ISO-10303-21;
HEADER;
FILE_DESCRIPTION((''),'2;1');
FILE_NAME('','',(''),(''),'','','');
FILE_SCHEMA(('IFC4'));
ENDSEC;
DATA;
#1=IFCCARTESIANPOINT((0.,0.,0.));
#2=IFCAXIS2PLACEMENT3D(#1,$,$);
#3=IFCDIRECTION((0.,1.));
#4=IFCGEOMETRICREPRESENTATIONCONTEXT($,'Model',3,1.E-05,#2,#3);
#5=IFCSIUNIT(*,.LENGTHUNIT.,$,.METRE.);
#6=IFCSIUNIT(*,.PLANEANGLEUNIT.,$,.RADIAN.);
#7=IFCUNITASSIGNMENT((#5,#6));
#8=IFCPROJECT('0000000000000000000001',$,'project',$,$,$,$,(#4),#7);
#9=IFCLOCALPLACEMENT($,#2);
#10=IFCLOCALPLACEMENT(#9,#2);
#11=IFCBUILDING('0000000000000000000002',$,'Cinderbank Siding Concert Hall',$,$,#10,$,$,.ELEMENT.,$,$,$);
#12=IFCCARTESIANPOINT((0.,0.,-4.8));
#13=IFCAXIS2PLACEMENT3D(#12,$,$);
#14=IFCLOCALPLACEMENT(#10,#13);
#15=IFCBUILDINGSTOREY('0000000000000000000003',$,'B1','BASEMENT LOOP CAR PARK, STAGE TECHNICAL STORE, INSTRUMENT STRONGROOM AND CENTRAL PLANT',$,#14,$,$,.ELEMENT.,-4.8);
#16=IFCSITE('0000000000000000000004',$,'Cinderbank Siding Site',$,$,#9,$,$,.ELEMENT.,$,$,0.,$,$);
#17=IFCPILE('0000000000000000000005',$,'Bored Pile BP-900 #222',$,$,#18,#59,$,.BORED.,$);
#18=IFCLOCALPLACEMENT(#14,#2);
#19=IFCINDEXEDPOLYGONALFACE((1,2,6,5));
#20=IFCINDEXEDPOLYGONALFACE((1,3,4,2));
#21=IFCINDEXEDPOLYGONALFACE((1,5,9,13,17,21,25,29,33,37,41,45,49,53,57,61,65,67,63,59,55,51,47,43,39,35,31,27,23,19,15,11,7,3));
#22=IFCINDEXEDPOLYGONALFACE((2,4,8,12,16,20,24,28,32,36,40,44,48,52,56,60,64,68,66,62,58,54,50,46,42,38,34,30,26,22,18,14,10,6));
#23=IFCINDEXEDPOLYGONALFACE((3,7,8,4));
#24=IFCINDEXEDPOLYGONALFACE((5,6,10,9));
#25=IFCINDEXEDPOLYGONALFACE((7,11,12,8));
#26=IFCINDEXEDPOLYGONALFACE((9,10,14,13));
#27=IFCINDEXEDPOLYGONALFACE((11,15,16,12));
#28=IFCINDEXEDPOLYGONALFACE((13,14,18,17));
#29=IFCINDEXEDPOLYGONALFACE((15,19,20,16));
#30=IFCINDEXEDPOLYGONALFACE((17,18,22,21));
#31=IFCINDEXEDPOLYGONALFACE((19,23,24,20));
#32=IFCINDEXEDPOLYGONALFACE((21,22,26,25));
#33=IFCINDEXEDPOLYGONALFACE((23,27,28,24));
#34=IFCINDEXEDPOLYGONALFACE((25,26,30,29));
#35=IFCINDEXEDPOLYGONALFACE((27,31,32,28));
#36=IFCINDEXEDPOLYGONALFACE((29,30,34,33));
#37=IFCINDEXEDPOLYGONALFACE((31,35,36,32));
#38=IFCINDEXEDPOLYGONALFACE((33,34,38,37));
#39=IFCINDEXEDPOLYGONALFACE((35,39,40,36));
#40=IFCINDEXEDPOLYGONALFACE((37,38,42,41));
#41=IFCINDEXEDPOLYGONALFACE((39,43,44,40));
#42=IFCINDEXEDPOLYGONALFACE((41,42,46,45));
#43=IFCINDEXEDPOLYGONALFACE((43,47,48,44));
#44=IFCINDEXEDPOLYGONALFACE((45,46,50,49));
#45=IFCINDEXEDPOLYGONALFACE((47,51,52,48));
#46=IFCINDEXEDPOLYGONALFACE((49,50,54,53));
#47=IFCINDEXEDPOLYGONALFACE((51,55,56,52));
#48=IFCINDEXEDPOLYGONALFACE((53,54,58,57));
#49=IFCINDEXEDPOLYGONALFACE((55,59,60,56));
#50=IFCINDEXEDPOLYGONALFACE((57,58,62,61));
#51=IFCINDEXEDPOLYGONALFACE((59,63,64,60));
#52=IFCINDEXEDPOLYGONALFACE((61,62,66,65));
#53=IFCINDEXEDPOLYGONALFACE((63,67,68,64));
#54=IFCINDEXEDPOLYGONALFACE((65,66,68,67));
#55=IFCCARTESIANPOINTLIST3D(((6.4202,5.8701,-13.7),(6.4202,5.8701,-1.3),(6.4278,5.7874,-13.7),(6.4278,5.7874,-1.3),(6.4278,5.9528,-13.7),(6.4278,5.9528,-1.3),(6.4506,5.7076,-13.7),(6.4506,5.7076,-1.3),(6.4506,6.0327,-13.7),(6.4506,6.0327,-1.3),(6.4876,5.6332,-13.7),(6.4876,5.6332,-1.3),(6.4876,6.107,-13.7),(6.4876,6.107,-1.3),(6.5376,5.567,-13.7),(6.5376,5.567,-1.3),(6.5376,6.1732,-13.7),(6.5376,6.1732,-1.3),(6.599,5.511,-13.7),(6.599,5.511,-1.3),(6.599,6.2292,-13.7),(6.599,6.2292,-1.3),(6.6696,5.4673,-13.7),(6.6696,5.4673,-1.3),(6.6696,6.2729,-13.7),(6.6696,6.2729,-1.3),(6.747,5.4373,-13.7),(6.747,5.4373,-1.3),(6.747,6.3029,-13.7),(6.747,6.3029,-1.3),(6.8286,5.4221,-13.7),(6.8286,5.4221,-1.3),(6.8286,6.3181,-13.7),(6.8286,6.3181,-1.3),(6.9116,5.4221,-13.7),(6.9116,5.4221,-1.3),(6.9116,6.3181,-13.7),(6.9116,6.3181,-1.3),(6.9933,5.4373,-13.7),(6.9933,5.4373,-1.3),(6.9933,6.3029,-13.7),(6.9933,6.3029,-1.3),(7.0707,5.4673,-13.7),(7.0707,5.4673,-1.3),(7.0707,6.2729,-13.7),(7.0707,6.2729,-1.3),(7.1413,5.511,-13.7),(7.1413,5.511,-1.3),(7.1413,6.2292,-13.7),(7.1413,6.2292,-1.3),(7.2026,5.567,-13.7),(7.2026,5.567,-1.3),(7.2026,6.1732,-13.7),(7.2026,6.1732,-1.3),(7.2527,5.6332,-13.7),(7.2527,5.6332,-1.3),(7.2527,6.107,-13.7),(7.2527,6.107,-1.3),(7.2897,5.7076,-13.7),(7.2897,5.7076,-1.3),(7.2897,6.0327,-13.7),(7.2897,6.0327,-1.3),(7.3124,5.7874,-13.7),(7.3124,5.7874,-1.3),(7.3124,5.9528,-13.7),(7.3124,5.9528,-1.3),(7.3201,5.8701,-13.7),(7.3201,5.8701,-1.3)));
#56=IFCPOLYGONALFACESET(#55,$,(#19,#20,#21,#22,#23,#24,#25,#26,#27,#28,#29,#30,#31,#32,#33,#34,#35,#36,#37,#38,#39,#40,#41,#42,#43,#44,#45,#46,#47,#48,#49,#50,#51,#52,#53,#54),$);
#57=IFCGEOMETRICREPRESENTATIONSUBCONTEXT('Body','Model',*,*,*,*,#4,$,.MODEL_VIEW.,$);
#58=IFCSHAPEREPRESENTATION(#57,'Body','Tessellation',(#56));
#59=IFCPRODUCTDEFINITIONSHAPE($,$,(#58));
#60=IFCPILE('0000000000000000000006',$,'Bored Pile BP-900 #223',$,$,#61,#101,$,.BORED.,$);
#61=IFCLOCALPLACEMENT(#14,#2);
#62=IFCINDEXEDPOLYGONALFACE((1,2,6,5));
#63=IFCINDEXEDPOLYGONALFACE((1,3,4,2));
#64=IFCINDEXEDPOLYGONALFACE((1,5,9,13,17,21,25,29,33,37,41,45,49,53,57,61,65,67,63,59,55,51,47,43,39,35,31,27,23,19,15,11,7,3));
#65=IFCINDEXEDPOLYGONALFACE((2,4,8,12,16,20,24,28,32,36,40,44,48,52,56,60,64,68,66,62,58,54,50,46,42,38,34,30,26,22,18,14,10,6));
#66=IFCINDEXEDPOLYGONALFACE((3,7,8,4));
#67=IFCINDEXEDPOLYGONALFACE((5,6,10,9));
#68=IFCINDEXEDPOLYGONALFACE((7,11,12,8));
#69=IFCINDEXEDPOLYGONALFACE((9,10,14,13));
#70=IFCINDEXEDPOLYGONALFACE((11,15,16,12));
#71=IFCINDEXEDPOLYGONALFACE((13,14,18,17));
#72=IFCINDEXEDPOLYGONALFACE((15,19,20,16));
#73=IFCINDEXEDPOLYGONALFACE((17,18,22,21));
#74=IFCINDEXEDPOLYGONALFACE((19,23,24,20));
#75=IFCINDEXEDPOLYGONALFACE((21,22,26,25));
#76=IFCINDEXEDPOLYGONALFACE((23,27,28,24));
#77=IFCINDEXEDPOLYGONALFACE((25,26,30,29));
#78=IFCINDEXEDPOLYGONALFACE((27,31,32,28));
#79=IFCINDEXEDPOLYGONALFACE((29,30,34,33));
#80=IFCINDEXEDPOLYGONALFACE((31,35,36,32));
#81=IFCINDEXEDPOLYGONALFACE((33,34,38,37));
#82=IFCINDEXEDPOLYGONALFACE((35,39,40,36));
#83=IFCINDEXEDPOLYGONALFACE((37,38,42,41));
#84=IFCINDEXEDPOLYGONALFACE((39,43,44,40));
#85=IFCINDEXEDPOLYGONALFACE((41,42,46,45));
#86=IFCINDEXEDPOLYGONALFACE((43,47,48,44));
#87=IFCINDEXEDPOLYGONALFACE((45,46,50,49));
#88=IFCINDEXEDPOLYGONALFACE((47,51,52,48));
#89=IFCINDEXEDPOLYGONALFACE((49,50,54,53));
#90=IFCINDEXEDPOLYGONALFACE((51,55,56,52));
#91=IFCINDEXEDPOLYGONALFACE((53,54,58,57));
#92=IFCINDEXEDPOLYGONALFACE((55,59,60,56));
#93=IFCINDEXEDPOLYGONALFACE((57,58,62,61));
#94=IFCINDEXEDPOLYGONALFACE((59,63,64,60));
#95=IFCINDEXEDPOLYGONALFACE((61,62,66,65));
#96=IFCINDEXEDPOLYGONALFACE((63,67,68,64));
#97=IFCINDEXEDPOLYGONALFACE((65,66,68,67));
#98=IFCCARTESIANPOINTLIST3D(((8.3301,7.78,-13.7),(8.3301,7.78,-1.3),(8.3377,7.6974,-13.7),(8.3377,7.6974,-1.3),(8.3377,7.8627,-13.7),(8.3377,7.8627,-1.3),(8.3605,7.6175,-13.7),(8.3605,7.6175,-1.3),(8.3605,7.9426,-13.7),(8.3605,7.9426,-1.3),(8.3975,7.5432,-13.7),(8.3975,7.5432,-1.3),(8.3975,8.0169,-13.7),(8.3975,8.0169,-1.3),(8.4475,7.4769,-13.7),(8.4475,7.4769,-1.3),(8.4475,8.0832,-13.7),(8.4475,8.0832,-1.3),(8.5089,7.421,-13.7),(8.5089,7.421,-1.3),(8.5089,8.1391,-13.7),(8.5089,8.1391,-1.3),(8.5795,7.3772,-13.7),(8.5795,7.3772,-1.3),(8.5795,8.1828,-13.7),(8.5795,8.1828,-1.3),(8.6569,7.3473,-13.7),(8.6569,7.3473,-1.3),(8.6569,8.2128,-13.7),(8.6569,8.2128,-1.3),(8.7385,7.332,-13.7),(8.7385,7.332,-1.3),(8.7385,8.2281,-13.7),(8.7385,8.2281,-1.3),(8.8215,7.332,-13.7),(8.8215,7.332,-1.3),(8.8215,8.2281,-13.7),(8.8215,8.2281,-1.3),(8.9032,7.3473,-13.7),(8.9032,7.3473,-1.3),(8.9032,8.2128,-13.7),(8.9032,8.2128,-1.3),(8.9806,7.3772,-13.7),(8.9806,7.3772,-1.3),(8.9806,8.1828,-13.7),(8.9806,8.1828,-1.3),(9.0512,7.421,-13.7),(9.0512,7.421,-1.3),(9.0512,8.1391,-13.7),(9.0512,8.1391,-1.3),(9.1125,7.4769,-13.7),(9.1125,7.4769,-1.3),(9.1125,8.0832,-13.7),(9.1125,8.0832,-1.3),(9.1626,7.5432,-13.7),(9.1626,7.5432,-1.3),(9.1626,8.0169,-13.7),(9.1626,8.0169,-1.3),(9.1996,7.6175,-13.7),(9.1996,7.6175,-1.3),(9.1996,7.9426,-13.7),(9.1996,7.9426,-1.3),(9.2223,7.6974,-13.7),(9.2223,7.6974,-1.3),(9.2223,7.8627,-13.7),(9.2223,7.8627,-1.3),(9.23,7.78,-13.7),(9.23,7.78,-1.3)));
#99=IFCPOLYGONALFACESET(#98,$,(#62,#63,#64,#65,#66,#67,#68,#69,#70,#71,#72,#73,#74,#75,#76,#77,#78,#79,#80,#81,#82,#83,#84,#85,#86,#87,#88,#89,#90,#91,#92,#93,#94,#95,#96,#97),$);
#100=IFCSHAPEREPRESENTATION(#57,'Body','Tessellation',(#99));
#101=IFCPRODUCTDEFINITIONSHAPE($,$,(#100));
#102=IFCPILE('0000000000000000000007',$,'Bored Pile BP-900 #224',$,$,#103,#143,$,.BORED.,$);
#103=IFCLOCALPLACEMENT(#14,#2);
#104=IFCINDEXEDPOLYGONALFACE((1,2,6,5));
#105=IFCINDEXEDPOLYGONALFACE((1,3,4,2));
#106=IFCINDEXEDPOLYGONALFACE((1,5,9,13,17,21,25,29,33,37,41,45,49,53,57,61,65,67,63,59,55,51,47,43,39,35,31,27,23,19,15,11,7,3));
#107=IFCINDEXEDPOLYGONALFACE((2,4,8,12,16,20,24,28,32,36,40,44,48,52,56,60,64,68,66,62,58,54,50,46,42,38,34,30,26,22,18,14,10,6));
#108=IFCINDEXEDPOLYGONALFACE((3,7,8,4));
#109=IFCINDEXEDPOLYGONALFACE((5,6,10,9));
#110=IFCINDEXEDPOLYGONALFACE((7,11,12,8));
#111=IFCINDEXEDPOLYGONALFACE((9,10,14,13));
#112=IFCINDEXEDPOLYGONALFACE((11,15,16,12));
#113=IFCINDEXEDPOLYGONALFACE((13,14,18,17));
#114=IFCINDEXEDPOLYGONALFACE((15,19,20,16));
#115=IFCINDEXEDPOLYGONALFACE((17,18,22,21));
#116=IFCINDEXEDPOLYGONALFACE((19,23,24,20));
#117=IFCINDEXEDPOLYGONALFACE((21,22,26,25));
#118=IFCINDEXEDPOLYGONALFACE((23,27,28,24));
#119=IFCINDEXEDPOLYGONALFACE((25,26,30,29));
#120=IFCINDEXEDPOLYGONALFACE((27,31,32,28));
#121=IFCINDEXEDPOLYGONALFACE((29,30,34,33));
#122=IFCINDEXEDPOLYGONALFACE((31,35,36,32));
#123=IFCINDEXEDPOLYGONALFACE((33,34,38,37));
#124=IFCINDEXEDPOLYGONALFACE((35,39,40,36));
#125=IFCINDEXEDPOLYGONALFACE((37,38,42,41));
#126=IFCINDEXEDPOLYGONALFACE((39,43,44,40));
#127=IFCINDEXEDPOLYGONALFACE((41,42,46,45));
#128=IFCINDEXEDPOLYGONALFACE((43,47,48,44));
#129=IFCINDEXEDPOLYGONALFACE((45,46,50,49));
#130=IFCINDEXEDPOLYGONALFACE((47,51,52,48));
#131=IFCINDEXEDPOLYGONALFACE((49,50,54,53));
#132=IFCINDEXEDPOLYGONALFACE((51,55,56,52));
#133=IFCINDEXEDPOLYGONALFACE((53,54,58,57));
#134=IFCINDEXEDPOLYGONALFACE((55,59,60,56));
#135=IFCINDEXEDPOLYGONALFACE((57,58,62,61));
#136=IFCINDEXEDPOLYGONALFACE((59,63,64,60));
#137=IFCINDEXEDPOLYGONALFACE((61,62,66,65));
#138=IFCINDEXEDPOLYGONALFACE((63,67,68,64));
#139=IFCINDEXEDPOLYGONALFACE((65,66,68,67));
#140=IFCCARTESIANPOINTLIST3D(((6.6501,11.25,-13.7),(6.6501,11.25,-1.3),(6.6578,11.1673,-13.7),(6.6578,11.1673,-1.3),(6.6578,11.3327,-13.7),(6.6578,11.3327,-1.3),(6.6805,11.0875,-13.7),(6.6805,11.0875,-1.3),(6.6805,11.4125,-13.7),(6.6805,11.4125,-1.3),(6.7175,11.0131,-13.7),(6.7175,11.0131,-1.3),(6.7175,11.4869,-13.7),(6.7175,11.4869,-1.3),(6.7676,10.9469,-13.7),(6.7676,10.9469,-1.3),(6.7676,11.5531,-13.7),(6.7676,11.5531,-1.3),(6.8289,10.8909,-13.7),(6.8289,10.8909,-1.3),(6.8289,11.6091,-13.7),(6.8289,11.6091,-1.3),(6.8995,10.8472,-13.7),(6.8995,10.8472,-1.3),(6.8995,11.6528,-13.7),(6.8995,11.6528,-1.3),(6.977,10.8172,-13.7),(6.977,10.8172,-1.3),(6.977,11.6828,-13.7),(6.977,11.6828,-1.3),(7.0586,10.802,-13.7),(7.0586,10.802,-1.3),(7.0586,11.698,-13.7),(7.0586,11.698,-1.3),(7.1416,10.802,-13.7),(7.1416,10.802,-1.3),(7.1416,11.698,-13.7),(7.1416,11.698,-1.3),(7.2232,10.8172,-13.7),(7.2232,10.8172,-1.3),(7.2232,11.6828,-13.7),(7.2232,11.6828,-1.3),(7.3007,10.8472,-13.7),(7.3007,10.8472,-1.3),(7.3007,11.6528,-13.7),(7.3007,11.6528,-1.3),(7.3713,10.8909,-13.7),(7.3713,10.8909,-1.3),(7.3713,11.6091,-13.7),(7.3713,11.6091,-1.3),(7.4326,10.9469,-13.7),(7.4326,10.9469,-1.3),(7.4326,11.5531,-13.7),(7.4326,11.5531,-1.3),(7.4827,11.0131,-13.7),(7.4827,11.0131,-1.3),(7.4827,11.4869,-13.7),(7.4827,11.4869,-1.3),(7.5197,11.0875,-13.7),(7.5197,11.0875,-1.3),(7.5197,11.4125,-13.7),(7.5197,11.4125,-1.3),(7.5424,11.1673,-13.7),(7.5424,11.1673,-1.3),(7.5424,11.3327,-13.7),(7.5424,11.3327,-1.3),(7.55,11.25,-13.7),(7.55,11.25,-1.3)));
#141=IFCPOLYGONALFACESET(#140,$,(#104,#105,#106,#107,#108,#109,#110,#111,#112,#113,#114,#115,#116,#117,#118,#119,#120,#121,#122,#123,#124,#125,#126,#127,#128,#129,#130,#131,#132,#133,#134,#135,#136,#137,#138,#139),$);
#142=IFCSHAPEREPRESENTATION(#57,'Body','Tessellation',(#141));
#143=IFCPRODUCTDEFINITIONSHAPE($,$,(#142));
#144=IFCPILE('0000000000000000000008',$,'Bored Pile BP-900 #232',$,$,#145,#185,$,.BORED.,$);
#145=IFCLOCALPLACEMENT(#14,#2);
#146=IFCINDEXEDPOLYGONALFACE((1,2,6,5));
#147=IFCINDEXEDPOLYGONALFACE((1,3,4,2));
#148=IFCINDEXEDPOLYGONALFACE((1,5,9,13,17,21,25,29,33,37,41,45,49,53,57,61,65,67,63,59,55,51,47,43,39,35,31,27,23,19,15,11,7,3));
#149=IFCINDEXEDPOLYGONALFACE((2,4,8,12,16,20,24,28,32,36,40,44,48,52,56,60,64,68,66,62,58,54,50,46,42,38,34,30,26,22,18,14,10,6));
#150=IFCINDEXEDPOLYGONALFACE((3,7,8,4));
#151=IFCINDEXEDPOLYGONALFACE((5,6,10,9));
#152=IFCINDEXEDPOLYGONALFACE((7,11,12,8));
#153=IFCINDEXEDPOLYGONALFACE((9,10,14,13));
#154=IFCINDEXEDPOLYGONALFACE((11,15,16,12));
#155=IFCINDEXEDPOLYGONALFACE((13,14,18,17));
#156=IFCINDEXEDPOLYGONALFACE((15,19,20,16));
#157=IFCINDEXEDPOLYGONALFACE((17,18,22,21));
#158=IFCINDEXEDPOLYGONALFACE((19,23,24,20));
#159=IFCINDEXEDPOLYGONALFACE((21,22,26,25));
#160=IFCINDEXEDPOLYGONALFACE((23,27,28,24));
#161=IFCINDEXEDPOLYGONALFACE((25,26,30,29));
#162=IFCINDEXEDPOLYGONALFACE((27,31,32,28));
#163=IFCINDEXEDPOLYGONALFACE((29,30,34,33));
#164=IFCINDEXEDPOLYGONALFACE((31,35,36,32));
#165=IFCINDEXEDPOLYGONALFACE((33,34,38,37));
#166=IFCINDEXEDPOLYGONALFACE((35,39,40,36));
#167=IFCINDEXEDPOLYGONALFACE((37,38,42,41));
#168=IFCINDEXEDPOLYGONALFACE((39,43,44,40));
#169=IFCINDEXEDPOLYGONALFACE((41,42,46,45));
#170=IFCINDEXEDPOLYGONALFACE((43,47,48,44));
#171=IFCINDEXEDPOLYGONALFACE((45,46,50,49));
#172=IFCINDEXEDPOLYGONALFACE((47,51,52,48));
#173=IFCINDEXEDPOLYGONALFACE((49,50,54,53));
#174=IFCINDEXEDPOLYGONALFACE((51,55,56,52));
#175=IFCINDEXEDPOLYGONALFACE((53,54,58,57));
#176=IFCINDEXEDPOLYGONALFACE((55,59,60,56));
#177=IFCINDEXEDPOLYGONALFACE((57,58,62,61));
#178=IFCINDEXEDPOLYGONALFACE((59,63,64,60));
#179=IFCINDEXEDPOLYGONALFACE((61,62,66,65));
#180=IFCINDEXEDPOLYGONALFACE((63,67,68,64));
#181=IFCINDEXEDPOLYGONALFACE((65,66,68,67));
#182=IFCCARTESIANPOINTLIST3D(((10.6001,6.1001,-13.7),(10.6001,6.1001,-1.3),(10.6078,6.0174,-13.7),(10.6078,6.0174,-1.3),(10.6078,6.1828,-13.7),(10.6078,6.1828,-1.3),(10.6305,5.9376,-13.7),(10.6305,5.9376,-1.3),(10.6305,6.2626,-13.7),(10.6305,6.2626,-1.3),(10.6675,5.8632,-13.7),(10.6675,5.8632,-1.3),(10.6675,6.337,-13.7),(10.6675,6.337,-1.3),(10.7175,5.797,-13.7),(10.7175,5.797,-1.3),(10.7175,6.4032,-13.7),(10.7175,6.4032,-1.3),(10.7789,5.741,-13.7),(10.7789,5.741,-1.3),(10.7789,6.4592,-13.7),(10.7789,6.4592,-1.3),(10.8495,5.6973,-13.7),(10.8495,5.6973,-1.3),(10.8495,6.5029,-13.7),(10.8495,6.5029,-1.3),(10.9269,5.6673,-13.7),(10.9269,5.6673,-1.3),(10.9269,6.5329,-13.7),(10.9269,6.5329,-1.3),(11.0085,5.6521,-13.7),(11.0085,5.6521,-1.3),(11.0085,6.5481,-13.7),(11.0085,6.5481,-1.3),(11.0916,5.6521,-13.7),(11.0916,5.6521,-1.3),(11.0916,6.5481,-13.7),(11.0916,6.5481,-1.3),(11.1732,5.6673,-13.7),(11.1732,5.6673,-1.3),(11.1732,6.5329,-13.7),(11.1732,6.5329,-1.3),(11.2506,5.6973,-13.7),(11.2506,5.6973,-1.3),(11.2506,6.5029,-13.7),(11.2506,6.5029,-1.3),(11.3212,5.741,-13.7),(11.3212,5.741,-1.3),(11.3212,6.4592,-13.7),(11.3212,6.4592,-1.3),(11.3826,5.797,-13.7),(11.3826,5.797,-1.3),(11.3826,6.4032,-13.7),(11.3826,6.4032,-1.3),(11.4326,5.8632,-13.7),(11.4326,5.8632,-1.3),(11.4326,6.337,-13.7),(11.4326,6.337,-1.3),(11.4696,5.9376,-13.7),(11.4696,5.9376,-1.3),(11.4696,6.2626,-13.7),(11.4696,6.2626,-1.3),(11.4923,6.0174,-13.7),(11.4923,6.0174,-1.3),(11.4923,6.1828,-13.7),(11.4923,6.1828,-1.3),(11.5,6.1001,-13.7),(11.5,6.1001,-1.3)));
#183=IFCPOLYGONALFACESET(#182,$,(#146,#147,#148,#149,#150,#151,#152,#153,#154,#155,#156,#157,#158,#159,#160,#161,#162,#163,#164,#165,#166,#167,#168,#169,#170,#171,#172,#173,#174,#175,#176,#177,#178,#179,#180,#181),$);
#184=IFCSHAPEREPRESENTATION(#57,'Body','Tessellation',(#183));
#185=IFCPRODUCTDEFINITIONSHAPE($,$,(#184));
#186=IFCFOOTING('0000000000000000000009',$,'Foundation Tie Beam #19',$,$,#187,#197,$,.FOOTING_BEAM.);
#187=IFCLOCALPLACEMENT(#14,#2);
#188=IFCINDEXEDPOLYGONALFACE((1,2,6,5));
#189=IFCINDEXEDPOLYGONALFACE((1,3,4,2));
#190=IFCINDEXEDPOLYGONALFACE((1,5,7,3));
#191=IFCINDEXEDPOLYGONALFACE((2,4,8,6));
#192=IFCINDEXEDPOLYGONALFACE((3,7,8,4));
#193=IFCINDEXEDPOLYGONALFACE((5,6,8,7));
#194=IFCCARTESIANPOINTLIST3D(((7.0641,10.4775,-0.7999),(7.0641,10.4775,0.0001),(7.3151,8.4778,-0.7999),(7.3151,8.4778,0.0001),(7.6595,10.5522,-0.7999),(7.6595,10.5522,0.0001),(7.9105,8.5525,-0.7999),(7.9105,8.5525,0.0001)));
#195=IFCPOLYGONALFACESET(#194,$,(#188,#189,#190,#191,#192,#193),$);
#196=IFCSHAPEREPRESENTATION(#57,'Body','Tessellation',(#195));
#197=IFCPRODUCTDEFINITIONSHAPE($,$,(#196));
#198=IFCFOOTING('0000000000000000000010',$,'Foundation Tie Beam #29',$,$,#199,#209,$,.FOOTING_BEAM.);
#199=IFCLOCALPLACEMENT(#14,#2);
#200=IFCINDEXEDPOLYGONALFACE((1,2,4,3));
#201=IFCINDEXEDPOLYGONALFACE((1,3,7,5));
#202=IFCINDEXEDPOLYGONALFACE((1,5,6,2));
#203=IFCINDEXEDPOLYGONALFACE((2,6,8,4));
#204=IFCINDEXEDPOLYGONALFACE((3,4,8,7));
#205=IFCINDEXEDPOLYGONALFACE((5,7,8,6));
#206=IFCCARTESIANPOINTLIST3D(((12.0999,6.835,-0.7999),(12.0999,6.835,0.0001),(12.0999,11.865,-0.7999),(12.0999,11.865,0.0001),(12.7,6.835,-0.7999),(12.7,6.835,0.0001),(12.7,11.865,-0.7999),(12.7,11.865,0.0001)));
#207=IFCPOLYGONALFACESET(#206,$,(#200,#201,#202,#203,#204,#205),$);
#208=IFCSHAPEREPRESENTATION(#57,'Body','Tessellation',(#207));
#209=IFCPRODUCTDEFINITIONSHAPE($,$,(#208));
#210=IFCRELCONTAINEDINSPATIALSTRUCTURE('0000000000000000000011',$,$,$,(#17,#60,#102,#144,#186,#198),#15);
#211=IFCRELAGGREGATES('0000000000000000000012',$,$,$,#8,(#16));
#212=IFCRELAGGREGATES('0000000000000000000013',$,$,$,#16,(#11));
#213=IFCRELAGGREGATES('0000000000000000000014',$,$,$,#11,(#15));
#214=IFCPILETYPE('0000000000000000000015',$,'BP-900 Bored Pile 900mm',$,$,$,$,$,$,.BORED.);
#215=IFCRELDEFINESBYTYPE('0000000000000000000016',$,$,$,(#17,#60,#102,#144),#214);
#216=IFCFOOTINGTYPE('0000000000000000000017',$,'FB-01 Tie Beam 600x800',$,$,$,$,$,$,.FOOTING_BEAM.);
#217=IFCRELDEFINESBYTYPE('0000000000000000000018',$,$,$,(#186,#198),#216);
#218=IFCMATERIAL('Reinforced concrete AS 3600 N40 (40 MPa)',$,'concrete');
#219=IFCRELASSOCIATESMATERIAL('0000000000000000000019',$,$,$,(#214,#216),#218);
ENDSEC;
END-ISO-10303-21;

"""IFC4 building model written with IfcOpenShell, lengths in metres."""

from ifc_helpers import new_model, si_unit, direction, frame, origin, origin_2d, place, context, subcontext, project, spatial, rectangle, circle, extrude, material, material_profile, profile_set, type_object, element, save


model = new_model("IFC4")

# Units and contexts
model_context = context("Model", 3, precision=1e-05, world=origin(), true_north=direction((0.0, 1.0)))
body_context = subcontext(model_context, "Body", "Model", "MODEL_VIEW")
ifc_project = project(units=[si_unit("LENGTHUNIT", "METRE"), si_unit("PLANEANGLEUNIT", "RADIAN")], contexts=[model_context])

# Site, building, storey
site_placement = place(None, origin())
site = spatial("IfcSite", under=ifc_project, at=site_placement, Name="Cinderbank Siding Site", CompositionType="ELEMENT", RefElevation=0.0)
building_placement = place(site_placement, origin())
building = spatial("IfcBuilding", under=site, at=building_placement, Name="Cinderbank Siding Concert Hall", CompositionType="ELEMENT")
storey_placement = place(building_placement, frame((0.0, 0.0, -4.8)))
storey = spatial("IfcBuildingStorey", under=building, at=storey_placement, Name="B1", Description="BASEMENT LOOP CAR PARK, STAGE TECHNICAL STORE, INSTRUMENT STRONGROOM AND CENTRAL PLANT", CompositionType="ELEMENT", Elevation=-4.8)

# Piles
ifc_material_1 = material(Name="Reinforced concrete AS 3600 N40 (40 MPa)", Category="concrete")
ifc_material_profile_1 = material_profile(ifc_material_1, circle(Radius=0.45, at=origin_2d()), Name="PILE-900DIA", Category="LoadBearing")
ifc_profile_set_1 = profile_set([ifc_material_profile_1], Name="Reinforced concrete AS 3600 N40 (40 MPa)")
pile_type = type_object("IfcPileType", Name="BP-900 Bored Pile 900mm", PredefinedType="BORED", material=ifc_profile_set_1)
for number, where, z_axis, x_axis, name in (
    (1, (6.8701, 5.8701, -1.3), (0.0, 0.0, -1.0), (1.0, 0.0, 0.0), "Bored Pile BP-900 #222"),
    (2, (8.78, 7.78, -1.3), (0.0, 0.0, -1.0), (1.0, 0.0, 0.0), "Bored Pile BP-900 #223"),
    (3, (7.1001, 11.25, -1.3), (0.0, 0.0, -1.0), (1.0, 0.0, 0.0), "Bored Pile BP-900 #224"),
    (4, (11.05, 6.1001, -1.3), (0.0, 0.0, -1.0), (1.0, 0.0, 0.0), "Bored Pile BP-900 #232"),
):
    element("IfcPile", number, at=place(storey_placement, frame(where, z_axis=z_axis, x_axis=x_axis)), inside=storey, type_object=pile_type, Name=name, PredefinedType="BORED", context=body_context, shape_type="SweptSolid", body=[
        extrude(circle(Radius=0.45, at=origin_2d()), origin(), (0.0, 0.0, 1.0), 12.3999),
    ])

# Footings
ifc_material_profile_2 = material_profile(ifc_material_1, rectangle(XDim=0.6001, YDim=0.8, at=origin_2d()), Name="RC-FB-600x800", Category="LoadBearing")
ifc_profile_set_2 = profile_set([ifc_material_profile_2], Name="Reinforced concrete AS 3600 N40 (40 MPa)")
footing_type_1 = type_object("IfcFootingType", Name="FB-01 Tie Beam 600x800", PredefinedType="FOOTING_BEAM", material=ifc_profile_set_2)
footing_1_placement = place(storey_placement, frame((7.6128, 8.5151, -0.3999), z_axis=(-0.124527, 0.992216, 0.0), x_axis=(-0.992216, -0.124527, 0.0)))
element("IfcFooting", 5, at=footing_1_placement, inside=storey, type_object=footing_type_1, Name="Foundation Tie Beam #19", PredefinedType="FOOTING_BEAM", context=body_context, shape_type="SweptSolid", body=[
    extrude(rectangle(XDim=0.6001, YDim=0.8, at=origin_2d()), origin(), (0.0, 0.0, 1.0), 2.0154),
])
footing_2_placement = place(storey_placement, frame((12.3999, 6.835, -0.3999), z_axis=(0.0, 1.0, 0.0), x_axis=(-1.0, 0.0, 0.0)))
element("IfcFooting", 6, at=footing_2_placement, inside=storey, type_object=footing_type_1, Name="Foundation Tie Beam #29", PredefinedType="FOOTING_BEAM", context=body_context, shape_type="SweptSolid", body=[
    extrude(rectangle(XDim=0.6001, YDim=0.8, at=origin_2d()), origin(), (0.0, 0.0, 1.0), 5.03),
])

save(model, "model.ifc")
